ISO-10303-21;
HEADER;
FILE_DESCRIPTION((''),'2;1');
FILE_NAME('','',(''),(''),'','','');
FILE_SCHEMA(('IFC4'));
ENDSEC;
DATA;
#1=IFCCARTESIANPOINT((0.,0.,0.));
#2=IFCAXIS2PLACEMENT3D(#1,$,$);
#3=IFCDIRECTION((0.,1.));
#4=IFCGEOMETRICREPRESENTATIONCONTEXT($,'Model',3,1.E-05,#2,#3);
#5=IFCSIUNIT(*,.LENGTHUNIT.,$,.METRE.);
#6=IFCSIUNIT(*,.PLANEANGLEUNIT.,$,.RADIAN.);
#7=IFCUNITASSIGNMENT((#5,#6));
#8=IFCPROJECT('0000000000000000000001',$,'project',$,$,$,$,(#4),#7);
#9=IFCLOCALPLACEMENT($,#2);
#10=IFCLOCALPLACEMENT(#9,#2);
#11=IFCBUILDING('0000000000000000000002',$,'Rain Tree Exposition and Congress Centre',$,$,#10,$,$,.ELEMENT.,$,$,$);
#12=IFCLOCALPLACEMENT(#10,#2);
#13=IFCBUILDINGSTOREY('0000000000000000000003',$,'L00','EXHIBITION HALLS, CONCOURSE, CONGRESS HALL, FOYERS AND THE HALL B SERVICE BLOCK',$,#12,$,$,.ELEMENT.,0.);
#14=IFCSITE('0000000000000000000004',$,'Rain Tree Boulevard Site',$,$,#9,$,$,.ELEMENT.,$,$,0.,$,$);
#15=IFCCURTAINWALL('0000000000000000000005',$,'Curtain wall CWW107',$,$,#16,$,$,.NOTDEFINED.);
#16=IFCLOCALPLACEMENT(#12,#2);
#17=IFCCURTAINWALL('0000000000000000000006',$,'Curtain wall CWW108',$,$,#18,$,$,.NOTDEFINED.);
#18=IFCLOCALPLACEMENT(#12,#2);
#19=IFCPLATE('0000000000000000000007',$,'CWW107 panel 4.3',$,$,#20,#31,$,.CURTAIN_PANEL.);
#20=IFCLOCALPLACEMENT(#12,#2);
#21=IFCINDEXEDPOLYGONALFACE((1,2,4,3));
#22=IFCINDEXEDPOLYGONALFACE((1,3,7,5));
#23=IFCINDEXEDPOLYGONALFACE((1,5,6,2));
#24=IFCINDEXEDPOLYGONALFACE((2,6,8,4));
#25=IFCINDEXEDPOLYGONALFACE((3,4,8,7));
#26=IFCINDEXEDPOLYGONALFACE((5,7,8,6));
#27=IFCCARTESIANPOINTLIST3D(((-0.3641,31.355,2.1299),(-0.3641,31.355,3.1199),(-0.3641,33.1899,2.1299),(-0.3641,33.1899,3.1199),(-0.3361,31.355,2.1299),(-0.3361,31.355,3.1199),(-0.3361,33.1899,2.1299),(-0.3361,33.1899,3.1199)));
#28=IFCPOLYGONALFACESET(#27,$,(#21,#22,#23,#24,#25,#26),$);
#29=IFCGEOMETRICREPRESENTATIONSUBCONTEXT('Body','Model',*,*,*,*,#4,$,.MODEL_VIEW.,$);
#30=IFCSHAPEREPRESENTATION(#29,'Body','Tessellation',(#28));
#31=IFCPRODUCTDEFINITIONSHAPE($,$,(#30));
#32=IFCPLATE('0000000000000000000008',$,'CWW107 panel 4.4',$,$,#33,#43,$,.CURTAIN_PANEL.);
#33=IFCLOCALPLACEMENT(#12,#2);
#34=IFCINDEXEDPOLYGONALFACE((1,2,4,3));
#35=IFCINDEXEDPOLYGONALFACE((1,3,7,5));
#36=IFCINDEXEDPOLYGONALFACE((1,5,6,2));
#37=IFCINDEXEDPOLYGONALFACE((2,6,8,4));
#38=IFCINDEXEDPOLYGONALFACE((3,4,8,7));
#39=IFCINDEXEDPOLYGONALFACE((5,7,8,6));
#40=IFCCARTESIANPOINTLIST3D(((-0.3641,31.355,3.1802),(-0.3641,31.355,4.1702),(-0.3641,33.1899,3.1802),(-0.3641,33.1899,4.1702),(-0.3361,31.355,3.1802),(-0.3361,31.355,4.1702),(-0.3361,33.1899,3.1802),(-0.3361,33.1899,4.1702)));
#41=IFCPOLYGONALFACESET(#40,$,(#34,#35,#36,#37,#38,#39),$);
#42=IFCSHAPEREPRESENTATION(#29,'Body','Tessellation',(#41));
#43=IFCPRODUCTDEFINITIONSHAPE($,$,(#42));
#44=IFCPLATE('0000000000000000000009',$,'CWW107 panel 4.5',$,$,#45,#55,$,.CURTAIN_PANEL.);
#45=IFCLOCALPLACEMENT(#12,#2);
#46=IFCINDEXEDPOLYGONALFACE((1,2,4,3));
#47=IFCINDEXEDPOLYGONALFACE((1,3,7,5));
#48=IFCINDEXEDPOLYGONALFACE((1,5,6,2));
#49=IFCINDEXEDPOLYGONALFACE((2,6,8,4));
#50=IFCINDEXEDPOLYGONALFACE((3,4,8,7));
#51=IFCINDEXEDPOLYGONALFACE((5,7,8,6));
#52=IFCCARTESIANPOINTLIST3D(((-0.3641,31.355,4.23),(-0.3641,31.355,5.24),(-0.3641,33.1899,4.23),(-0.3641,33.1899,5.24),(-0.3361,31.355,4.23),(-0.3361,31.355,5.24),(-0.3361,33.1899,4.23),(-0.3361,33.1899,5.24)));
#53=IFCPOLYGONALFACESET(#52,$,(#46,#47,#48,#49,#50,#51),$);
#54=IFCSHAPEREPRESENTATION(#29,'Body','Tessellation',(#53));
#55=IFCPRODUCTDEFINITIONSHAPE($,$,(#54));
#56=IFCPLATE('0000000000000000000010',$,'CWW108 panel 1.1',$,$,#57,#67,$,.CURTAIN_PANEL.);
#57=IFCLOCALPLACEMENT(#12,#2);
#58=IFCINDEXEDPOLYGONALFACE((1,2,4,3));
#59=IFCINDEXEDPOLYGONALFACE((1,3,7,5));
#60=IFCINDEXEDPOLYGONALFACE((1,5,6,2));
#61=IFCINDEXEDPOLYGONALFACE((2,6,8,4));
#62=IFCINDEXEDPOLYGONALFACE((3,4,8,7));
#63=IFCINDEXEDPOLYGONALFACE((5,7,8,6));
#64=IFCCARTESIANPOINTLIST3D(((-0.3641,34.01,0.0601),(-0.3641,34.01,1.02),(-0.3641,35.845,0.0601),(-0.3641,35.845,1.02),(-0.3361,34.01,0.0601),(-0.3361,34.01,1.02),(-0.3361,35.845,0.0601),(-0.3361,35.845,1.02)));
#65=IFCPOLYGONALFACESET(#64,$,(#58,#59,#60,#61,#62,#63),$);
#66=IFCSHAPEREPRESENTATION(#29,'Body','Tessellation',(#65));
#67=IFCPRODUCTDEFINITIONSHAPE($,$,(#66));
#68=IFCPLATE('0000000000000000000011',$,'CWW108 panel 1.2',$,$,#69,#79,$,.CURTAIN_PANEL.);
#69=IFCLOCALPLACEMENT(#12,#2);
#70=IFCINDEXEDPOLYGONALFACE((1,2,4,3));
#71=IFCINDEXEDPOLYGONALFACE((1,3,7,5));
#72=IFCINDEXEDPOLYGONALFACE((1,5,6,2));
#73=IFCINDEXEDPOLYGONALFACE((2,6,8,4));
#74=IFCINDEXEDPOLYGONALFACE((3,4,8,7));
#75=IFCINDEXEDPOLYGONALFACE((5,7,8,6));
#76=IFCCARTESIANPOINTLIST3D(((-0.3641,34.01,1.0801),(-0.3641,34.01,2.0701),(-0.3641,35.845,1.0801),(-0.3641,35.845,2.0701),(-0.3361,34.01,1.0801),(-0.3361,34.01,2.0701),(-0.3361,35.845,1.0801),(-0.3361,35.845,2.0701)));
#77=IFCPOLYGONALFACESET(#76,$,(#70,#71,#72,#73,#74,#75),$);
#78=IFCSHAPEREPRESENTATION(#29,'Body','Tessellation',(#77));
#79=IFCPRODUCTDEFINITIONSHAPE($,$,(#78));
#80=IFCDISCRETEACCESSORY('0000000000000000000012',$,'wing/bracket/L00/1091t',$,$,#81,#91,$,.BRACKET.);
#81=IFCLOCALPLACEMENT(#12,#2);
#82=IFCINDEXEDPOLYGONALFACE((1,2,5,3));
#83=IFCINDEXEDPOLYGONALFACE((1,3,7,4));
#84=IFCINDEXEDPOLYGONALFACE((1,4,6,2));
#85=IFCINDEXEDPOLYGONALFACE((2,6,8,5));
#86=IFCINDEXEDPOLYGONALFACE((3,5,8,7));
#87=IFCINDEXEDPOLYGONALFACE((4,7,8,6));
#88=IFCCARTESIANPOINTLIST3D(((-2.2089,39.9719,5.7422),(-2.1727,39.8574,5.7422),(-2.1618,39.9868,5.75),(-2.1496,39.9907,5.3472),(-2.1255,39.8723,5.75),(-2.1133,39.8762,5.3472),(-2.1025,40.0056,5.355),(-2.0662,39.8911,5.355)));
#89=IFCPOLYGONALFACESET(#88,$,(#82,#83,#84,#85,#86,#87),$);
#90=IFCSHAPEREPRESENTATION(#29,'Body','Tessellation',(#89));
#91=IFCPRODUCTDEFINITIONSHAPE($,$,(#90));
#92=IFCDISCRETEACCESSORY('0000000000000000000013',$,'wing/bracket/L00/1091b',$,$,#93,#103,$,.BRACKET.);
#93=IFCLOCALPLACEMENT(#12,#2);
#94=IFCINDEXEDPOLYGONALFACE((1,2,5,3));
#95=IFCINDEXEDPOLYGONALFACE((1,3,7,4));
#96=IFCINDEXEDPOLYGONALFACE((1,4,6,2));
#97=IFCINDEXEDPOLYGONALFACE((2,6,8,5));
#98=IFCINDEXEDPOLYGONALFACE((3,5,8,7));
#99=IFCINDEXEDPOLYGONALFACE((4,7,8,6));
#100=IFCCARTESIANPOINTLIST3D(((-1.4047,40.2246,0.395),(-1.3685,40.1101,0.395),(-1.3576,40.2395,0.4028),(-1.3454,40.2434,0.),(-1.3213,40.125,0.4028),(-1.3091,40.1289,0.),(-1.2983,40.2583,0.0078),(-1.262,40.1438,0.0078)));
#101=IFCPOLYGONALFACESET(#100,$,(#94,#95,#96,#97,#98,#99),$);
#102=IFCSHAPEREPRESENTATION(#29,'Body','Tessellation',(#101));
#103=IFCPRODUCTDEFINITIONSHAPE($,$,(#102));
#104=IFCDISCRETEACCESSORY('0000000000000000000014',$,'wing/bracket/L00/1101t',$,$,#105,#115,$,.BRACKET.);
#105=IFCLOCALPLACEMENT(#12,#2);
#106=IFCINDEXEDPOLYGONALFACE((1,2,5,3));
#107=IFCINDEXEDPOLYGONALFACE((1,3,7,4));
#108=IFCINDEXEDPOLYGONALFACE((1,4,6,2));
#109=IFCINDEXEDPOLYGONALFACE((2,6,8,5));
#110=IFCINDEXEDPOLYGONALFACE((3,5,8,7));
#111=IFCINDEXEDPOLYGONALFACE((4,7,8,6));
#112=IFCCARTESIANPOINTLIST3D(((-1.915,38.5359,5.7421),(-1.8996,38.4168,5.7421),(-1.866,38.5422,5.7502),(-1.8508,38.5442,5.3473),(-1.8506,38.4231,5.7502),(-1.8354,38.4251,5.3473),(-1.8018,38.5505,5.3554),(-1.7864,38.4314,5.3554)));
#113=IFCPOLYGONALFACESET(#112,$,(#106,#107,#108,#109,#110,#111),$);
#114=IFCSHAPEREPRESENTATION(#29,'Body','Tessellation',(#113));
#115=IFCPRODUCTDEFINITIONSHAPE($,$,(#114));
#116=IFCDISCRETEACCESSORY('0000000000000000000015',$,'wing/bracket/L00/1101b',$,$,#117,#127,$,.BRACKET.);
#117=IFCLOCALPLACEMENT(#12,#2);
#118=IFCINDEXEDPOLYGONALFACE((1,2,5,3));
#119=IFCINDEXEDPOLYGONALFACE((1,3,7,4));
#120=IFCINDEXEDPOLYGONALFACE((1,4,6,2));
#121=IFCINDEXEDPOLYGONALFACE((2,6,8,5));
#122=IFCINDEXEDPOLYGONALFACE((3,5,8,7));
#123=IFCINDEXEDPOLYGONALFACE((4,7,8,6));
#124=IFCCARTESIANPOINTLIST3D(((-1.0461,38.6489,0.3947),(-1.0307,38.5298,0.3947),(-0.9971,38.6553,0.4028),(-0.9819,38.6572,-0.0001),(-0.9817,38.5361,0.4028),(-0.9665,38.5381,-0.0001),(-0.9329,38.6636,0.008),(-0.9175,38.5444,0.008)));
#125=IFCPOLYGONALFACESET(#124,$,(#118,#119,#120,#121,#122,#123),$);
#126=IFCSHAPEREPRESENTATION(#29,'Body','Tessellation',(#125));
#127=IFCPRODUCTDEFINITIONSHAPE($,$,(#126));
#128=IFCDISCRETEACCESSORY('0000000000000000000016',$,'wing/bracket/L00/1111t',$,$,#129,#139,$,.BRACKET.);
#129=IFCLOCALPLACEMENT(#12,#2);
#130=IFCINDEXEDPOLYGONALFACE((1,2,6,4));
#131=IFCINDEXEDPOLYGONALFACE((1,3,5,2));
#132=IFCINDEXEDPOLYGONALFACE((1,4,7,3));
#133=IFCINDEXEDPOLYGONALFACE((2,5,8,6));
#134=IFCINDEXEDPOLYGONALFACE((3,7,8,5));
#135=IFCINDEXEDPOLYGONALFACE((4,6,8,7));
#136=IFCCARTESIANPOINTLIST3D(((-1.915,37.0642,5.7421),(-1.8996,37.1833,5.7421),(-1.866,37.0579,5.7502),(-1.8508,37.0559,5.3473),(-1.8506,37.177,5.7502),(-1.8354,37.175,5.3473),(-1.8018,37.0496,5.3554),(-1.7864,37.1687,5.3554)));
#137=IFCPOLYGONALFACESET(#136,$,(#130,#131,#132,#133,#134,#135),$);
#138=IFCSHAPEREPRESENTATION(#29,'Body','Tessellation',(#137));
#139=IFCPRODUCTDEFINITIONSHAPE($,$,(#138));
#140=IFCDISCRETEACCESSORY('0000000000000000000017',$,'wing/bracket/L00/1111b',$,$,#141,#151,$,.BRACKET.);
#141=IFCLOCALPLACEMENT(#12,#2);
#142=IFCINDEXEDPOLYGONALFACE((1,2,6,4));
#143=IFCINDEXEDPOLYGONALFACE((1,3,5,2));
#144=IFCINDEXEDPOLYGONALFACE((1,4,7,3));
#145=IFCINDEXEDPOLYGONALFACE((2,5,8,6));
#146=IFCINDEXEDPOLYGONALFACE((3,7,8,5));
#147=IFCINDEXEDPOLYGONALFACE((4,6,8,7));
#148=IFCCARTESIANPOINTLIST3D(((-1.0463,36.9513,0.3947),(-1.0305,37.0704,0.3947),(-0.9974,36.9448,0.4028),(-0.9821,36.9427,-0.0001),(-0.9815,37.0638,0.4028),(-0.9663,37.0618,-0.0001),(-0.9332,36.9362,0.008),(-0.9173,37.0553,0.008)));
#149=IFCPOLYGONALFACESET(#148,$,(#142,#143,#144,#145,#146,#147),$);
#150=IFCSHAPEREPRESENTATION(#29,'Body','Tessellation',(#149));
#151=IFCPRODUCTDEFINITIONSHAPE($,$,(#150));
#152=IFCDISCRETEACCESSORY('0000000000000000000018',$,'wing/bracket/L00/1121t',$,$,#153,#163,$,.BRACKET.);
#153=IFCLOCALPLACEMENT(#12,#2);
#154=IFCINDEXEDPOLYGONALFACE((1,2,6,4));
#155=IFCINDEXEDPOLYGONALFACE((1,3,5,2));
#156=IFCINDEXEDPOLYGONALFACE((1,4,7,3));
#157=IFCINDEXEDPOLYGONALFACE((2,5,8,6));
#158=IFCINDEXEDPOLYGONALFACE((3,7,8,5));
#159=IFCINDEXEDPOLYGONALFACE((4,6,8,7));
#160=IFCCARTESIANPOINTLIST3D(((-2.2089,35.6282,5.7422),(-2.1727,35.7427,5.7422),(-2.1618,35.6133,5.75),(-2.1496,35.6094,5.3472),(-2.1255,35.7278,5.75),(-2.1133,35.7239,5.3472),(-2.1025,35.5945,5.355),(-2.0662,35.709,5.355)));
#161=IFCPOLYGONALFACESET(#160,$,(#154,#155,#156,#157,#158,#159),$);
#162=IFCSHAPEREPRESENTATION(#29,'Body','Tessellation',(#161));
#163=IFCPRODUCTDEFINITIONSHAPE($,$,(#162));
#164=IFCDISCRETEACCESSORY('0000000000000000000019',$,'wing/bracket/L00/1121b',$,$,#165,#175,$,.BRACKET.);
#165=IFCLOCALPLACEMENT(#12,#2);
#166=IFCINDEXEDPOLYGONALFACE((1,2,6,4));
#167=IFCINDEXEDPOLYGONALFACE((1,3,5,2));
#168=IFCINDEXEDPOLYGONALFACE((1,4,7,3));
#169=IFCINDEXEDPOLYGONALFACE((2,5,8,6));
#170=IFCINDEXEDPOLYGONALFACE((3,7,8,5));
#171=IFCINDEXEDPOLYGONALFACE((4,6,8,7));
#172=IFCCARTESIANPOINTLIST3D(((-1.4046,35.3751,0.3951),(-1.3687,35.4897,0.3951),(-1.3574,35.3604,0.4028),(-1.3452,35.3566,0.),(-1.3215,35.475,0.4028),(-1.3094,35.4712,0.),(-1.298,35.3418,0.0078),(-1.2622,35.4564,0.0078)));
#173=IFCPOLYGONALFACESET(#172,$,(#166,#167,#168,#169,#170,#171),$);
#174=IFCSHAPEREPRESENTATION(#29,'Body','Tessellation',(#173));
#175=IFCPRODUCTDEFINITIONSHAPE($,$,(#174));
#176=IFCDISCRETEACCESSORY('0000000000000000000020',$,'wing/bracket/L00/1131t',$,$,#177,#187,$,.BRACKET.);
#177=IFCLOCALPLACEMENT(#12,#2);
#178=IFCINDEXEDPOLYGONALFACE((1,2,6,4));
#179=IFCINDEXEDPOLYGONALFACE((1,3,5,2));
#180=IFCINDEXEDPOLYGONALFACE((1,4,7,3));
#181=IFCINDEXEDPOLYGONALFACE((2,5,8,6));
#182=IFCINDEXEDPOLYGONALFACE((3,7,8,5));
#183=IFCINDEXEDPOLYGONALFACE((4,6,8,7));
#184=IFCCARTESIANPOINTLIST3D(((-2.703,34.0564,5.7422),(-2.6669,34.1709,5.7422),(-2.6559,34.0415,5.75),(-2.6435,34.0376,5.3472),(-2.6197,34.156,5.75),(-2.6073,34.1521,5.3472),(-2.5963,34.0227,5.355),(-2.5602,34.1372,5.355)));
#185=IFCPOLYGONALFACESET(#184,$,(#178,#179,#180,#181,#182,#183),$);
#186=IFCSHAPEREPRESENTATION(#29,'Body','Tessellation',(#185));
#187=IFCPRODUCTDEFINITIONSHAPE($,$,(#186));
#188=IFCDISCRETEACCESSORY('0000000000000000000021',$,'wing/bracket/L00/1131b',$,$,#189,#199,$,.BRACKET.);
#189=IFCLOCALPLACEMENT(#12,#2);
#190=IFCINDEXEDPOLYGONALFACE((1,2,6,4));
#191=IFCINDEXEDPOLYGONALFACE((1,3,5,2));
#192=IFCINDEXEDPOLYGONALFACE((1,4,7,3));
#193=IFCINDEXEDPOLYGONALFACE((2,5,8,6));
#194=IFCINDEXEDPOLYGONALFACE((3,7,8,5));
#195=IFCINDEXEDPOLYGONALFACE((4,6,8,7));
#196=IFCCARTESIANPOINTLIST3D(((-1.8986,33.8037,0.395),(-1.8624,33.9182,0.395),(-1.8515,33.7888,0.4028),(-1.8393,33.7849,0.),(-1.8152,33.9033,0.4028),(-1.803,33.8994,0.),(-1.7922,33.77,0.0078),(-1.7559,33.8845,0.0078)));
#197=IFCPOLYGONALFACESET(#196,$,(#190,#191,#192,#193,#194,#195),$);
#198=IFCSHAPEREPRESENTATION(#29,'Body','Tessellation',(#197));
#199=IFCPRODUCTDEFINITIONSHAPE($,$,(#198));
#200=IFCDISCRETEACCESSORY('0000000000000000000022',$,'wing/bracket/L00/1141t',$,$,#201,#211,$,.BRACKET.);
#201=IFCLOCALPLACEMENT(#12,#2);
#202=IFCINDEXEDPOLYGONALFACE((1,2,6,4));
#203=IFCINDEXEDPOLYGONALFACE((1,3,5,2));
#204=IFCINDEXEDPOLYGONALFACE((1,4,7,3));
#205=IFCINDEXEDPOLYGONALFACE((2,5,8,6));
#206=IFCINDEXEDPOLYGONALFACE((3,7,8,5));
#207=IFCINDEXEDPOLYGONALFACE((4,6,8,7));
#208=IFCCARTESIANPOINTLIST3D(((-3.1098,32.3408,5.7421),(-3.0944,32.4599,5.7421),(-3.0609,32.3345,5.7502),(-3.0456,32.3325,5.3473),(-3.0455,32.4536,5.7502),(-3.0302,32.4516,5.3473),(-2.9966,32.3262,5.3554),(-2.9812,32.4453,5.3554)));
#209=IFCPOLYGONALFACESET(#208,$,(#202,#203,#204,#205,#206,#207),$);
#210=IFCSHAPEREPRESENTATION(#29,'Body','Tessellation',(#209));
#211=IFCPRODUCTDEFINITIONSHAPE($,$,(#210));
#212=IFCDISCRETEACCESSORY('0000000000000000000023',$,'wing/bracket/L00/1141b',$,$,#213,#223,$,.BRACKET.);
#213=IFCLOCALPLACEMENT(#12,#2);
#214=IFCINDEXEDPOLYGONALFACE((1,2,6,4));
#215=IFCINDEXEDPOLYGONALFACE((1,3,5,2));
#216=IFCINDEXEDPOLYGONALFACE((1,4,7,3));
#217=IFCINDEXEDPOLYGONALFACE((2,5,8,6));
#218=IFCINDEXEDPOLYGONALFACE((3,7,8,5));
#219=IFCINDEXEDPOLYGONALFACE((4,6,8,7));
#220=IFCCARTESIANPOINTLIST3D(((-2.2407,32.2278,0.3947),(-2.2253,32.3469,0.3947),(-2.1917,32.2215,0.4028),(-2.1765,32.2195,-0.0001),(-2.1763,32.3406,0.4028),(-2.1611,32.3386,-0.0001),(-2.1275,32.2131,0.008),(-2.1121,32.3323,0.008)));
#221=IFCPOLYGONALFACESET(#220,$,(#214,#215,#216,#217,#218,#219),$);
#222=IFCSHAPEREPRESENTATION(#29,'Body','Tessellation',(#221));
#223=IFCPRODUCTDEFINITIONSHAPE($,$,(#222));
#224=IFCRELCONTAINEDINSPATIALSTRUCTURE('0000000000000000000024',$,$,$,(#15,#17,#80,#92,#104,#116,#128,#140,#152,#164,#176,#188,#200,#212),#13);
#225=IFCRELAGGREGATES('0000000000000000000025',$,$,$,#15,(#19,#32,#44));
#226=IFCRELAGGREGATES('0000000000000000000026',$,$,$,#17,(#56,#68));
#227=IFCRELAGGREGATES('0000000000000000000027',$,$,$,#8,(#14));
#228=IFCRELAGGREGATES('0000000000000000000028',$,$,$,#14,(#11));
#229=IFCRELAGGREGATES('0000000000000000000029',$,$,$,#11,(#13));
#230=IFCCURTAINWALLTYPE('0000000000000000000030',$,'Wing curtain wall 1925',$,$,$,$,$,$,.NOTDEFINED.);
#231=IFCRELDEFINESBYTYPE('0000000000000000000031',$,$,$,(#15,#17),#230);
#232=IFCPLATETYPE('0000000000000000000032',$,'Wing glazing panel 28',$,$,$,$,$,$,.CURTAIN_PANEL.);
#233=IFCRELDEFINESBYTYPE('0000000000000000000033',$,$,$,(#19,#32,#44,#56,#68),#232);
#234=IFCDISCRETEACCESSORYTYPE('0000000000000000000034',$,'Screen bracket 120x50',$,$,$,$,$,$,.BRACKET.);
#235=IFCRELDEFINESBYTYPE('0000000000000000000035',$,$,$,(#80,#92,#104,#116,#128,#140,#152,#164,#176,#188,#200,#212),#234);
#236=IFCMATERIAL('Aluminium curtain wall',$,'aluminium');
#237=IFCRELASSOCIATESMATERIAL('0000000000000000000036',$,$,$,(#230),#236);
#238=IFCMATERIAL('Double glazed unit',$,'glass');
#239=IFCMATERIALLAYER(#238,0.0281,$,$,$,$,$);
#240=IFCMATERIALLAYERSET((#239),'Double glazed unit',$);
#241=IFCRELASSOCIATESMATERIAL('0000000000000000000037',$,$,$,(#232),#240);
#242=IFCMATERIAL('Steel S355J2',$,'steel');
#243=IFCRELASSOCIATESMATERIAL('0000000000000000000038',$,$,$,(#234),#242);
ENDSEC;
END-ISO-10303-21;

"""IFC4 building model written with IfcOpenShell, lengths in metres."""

from ifc_helpers import new_model, si_unit, direction, frame, origin, origin_2d, place, context, subcontext, project, spatial, rectangle, extrude, material, layer, layer_set, material_profile, profile_set, type_object, element, aggregate, save


model = new_model("IFC4")

# Units and contexts
model_context = context("Model", 3, precision=1e-05, world=origin(), true_north=direction((0.0, 1.0)))
body_context = subcontext(model_context, "Body", "Model", "MODEL_VIEW")
ifc_project = project(units=[si_unit("LENGTHUNIT", "METRE"), si_unit("PLANEANGLEUNIT", "RADIAN")], contexts=[model_context])

# Site, building, storey
site_placement = place(None, origin())
site = spatial("IfcSite", under=ifc_project, at=site_placement, Name="Rain Tree Boulevard Site", CompositionType="ELEMENT", RefElevation=0.0)
building_placement = place(site_placement, origin())
building = spatial("IfcBuilding", under=site, at=building_placement, Name="Rain Tree Exposition and Congress Centre", CompositionType="ELEMENT")
storey_placement = place(building_placement, origin())
storey = spatial("IfcBuildingStorey", under=building, at=storey_placement, Name="L00", Description="EXHIBITION HALLS, CONCOURSE, CONGRESS HALL, FOYERS AND THE HALL B SERVICE BLOCK", CompositionType="ELEMENT", Elevation=0.0)

# Curtain walls
ifc_material_1 = material(Name="Aluminium curtain wall", Category="aluminium")
curtain_wall_type = type_object("IfcCurtainWallType", Name="Wing curtain wall 1925", PredefinedType="NOTDEFINED", material=ifc_material_1)
curtain_wall_1_placement = place(storey_placement, origin())
curtain_wall_1 = element("IfcCurtainWall", 1, at=curtain_wall_1_placement, inside=storey, type_object=curtain_wall_type, Name="Curtain wall CWW107", PredefinedType="NOTDEFINED")
curtain_wall_2_placement = place(storey_placement, origin())
curtain_wall_2 = element("IfcCurtainWall", 2, at=curtain_wall_2_placement, inside=storey, type_object=curtain_wall_type, Name="Curtain wall CWW108", PredefinedType="NOTDEFINED")

# Plates
ifc_material_2 = material(Name="Double glazed unit", Category="glass")
ifc_layer_1 = layer(ifc_material_2, 0.0281)
ifc_layer_set_1 = layer_set([ifc_layer_1], Name="Double glazed unit")
plate_type = type_object("IfcPlateType", Name="Wing glazing panel 28", PredefinedType="CURTAIN_PANEL", material=ifc_layer_set_1)
plate_1_placement = place(storey_placement, frame((-0.3501, 32.2725, 2.1299), z_axis=(0.0, 0.0, 1.0), x_axis=(0.0, 1.0, 0.0)))
plate_1 = element("IfcPlate", 3, at=plate_1_placement, type_object=plate_type, Name="CWW107 panel 4.3", PredefinedType="CURTAIN_PANEL", context=body_context, shape_type="SweptSolid", body=[
    extrude(rectangle(XDim=1.835, YDim=0.0281, at=origin_2d()), origin(), (0.0, 0.0, 1.0), 0.99),
])
plate_2_placement = place(storey_placement, frame((-0.3501, 32.2725, 3.1802), z_axis=(0.0, 0.0, 1.0), x_axis=(0.0, 1.0, 0.0)))
plate_2 = element("IfcPlate", 4, at=plate_2_placement, type_object=plate_type, Name="CWW107 panel 4.4", PredefinedType="CURTAIN_PANEL", context=body_context, shape_type="SweptSolid", body=[
    extrude(rectangle(XDim=1.835, YDim=0.0281, at=origin_2d()), origin(), (0.0, 0.0, 1.0), 0.99),
])
plate_3_placement = place(storey_placement, frame((-0.3501, 32.2725, 4.23), z_axis=(0.0, 0.0, 1.0), x_axis=(0.0, 1.0, 0.0)))
plate_3 = element("IfcPlate", 5, at=plate_3_placement, type_object=plate_type, Name="CWW107 panel 4.5", PredefinedType="CURTAIN_PANEL", context=body_context, shape_type="SweptSolid", body=[
    extrude(rectangle(XDim=1.835, YDim=0.0281, at=origin_2d()), origin(), (0.0, 0.0, 1.0), 1.01),
])
aggregate(curtain_wall_1, [plate_1, plate_2, plate_3])
plate_4_placement = place(storey_placement, frame((-0.3501, 34.9275, 0.0601), z_axis=(0.0, 0.0, 1.0), x_axis=(0.0, 1.0, 0.0)))
plate_4 = element("IfcPlate", 6, at=plate_4_placement, type_object=plate_type, Name="CWW108 panel 1.1", PredefinedType="CURTAIN_PANEL", context=body_context, shape_type="SweptSolid", body=[
    extrude(rectangle(XDim=1.835, YDim=0.0281, at=origin_2d()), origin(), (0.0, 0.0, 1.0), 0.96),
])
plate_5_placement = place(storey_placement, frame((-0.3501, 34.9275, 1.0801), z_axis=(0.0, 0.0, 1.0), x_axis=(0.0, 1.0, 0.0)))
plate_5 = element("IfcPlate", 7, at=plate_5_placement, type_object=plate_type, Name="CWW108 panel 1.2", PredefinedType="CURTAIN_PANEL", context=body_context, shape_type="SweptSolid", body=[
    extrude(rectangle(XDim=1.835, YDim=0.0281, at=origin_2d()), origin(), (0.0, 0.0, 1.0), 0.99),
])
aggregate(curtain_wall_2, [plate_4, plate_5])

# Discrete accessories
ifc_material_3 = material(Name="Steel S355J2", Category="steel")
ifc_material_profile_1 = material_profile(ifc_material_3, rectangle(XDim=0.1201, YDim=0.05, at=origin_2d()), Name="Flat bar 120x50")
ifc_profile_set_1 = profile_set([ifc_material_profile_1], Name="Steel S355J2")
discrete_accessory_type = type_object("IfcDiscreteAccessoryType", Name="Screen bracket 120x50", PredefinedType="BRACKET", material=ifc_profile_set_1)
for number, where, z_axis, x_axis, name in (
    (8, (-2.1079, 39.9409, 5.3511), (-0.148356, -0.04701, 0.987816), (0.30207, -0.953286, 0.0), "wing/bracket/L00/1091t"),
    (9, (-1.3037, 40.1936, 0.0039), (-0.148356, -0.04701, 0.987816), (0.30207, -0.953286, 0.0), "wing/bracket/L00/1091b"),
):
    element("IfcDiscreteAccessory", number, at=place(storey_placement, frame(where, z_axis=z_axis, x_axis=x_axis)), inside=storey, type_object=discrete_accessory_type, Name=name, PredefinedType="BRACKET", context=body_context, shape_type="SweptSolid", body=[
        extrude(rectangle(XDim=0.1201, YDim=0.05, at=origin_2d()), origin(), (0.0, 0.0, 1.0), 0.3999),
    ])
for number, where, z_axis, x_axis, name in (
    (10, (-1.8186, 38.4878, 5.3513), (-0.160503, -0.020749, 0.986817), (0.128211, -0.991747, 0.0), "wing/bracket/L00/1101t"),
    (11, (-0.9497, 38.6008, 0.0039), (-0.160503, -0.020749, 0.986817), (0.128211, -0.991747, 0.0), "wing/bracket/L00/1101b"),
    (12, (-1.8186, 37.1123, 5.3513), (-0.160503, 0.020749, 0.986817), (-0.128211, -0.991747, 0.0), "wing/bracket/L00/1111t"),
    (13, (-0.9497, 36.999, 0.0039), (-0.160501, 0.021359, 0.986805), (-0.131917, -0.991261, 0.0), "wing/bracket/L00/1111b"),
):
    element("IfcDiscreteAccessory", number, at=place(storey_placement, frame(where, z_axis=z_axis, x_axis=x_axis)), inside=storey, type_object=discrete_accessory_type, Name=name, PredefinedType="BRACKET", context=body_context, shape_type="SweptSolid", body=[
        extrude(rectangle(XDim=0.1201, YDim=0.05, at=origin_2d()), origin(), (0.0, 0.0, 1.0), 0.4001),
    ])
for number, where, z_axis, x_axis, name in (
    (14, (-2.1079, 35.6592, 5.3511), (-0.148356, 0.04701, 0.987816), (-0.30207, -0.953286, 0.0), "wing/bracket/L00/1121t"),
    (15, (-1.3037, 35.4065, 0.0039), (-0.14836, 0.046401, 0.987844), (-0.298499, -0.95441, 0.0), "wing/bracket/L00/1121b"),
    (16, (-2.6018, 34.0874, 5.3511), (-0.148953, 0.047006, 0.987726), (-0.300944, -0.953642, 0.0), "wing/bracket/L00/1131t"),
    (17, (-1.7976, 33.8347, 0.0039), (-0.148356, 0.04701, 0.987816), (-0.30207, -0.953286, 0.0), "wing/bracket/L00/1131b"),
):
    element("IfcDiscreteAccessory", number, at=place(storey_placement, frame(where, z_axis=z_axis, x_axis=x_axis)), inside=storey, type_object=discrete_accessory_type, Name=name, PredefinedType="BRACKET", context=body_context, shape_type="SweptSolid", body=[
        extrude(rectangle(XDim=0.1201, YDim=0.05, at=origin_2d()), origin(), (0.0, 0.0, 1.0), 0.3999),
    ])
for number, where, z_axis, x_axis, name in (
    (18, (-3.0134, 32.3889, 5.3513), (-0.160503, 0.020749, 0.986817), (-0.128211, -0.991747, 0.0), "wing/bracket/L00/1141t"),
    (19, (-2.1443, 32.2759, 0.0039), (-0.160503, 0.020749, 0.986817), (-0.128211, -0.991747, 0.0), "wing/bracket/L00/1141b"),
):
    element("IfcDiscreteAccessory", number, at=place(storey_placement, frame(where, z_axis=z_axis, x_axis=x_axis)), inside=storey, type_object=discrete_accessory_type, Name=name, PredefinedType="BRACKET", context=body_context, shape_type="SweptSolid", body=[
        extrude(rectangle(XDim=0.1201, YDim=0.05, at=origin_2d()), origin(), (0.0, 0.0, 1.0), 0.4001),
    ])

save(model, "model.ifc")
